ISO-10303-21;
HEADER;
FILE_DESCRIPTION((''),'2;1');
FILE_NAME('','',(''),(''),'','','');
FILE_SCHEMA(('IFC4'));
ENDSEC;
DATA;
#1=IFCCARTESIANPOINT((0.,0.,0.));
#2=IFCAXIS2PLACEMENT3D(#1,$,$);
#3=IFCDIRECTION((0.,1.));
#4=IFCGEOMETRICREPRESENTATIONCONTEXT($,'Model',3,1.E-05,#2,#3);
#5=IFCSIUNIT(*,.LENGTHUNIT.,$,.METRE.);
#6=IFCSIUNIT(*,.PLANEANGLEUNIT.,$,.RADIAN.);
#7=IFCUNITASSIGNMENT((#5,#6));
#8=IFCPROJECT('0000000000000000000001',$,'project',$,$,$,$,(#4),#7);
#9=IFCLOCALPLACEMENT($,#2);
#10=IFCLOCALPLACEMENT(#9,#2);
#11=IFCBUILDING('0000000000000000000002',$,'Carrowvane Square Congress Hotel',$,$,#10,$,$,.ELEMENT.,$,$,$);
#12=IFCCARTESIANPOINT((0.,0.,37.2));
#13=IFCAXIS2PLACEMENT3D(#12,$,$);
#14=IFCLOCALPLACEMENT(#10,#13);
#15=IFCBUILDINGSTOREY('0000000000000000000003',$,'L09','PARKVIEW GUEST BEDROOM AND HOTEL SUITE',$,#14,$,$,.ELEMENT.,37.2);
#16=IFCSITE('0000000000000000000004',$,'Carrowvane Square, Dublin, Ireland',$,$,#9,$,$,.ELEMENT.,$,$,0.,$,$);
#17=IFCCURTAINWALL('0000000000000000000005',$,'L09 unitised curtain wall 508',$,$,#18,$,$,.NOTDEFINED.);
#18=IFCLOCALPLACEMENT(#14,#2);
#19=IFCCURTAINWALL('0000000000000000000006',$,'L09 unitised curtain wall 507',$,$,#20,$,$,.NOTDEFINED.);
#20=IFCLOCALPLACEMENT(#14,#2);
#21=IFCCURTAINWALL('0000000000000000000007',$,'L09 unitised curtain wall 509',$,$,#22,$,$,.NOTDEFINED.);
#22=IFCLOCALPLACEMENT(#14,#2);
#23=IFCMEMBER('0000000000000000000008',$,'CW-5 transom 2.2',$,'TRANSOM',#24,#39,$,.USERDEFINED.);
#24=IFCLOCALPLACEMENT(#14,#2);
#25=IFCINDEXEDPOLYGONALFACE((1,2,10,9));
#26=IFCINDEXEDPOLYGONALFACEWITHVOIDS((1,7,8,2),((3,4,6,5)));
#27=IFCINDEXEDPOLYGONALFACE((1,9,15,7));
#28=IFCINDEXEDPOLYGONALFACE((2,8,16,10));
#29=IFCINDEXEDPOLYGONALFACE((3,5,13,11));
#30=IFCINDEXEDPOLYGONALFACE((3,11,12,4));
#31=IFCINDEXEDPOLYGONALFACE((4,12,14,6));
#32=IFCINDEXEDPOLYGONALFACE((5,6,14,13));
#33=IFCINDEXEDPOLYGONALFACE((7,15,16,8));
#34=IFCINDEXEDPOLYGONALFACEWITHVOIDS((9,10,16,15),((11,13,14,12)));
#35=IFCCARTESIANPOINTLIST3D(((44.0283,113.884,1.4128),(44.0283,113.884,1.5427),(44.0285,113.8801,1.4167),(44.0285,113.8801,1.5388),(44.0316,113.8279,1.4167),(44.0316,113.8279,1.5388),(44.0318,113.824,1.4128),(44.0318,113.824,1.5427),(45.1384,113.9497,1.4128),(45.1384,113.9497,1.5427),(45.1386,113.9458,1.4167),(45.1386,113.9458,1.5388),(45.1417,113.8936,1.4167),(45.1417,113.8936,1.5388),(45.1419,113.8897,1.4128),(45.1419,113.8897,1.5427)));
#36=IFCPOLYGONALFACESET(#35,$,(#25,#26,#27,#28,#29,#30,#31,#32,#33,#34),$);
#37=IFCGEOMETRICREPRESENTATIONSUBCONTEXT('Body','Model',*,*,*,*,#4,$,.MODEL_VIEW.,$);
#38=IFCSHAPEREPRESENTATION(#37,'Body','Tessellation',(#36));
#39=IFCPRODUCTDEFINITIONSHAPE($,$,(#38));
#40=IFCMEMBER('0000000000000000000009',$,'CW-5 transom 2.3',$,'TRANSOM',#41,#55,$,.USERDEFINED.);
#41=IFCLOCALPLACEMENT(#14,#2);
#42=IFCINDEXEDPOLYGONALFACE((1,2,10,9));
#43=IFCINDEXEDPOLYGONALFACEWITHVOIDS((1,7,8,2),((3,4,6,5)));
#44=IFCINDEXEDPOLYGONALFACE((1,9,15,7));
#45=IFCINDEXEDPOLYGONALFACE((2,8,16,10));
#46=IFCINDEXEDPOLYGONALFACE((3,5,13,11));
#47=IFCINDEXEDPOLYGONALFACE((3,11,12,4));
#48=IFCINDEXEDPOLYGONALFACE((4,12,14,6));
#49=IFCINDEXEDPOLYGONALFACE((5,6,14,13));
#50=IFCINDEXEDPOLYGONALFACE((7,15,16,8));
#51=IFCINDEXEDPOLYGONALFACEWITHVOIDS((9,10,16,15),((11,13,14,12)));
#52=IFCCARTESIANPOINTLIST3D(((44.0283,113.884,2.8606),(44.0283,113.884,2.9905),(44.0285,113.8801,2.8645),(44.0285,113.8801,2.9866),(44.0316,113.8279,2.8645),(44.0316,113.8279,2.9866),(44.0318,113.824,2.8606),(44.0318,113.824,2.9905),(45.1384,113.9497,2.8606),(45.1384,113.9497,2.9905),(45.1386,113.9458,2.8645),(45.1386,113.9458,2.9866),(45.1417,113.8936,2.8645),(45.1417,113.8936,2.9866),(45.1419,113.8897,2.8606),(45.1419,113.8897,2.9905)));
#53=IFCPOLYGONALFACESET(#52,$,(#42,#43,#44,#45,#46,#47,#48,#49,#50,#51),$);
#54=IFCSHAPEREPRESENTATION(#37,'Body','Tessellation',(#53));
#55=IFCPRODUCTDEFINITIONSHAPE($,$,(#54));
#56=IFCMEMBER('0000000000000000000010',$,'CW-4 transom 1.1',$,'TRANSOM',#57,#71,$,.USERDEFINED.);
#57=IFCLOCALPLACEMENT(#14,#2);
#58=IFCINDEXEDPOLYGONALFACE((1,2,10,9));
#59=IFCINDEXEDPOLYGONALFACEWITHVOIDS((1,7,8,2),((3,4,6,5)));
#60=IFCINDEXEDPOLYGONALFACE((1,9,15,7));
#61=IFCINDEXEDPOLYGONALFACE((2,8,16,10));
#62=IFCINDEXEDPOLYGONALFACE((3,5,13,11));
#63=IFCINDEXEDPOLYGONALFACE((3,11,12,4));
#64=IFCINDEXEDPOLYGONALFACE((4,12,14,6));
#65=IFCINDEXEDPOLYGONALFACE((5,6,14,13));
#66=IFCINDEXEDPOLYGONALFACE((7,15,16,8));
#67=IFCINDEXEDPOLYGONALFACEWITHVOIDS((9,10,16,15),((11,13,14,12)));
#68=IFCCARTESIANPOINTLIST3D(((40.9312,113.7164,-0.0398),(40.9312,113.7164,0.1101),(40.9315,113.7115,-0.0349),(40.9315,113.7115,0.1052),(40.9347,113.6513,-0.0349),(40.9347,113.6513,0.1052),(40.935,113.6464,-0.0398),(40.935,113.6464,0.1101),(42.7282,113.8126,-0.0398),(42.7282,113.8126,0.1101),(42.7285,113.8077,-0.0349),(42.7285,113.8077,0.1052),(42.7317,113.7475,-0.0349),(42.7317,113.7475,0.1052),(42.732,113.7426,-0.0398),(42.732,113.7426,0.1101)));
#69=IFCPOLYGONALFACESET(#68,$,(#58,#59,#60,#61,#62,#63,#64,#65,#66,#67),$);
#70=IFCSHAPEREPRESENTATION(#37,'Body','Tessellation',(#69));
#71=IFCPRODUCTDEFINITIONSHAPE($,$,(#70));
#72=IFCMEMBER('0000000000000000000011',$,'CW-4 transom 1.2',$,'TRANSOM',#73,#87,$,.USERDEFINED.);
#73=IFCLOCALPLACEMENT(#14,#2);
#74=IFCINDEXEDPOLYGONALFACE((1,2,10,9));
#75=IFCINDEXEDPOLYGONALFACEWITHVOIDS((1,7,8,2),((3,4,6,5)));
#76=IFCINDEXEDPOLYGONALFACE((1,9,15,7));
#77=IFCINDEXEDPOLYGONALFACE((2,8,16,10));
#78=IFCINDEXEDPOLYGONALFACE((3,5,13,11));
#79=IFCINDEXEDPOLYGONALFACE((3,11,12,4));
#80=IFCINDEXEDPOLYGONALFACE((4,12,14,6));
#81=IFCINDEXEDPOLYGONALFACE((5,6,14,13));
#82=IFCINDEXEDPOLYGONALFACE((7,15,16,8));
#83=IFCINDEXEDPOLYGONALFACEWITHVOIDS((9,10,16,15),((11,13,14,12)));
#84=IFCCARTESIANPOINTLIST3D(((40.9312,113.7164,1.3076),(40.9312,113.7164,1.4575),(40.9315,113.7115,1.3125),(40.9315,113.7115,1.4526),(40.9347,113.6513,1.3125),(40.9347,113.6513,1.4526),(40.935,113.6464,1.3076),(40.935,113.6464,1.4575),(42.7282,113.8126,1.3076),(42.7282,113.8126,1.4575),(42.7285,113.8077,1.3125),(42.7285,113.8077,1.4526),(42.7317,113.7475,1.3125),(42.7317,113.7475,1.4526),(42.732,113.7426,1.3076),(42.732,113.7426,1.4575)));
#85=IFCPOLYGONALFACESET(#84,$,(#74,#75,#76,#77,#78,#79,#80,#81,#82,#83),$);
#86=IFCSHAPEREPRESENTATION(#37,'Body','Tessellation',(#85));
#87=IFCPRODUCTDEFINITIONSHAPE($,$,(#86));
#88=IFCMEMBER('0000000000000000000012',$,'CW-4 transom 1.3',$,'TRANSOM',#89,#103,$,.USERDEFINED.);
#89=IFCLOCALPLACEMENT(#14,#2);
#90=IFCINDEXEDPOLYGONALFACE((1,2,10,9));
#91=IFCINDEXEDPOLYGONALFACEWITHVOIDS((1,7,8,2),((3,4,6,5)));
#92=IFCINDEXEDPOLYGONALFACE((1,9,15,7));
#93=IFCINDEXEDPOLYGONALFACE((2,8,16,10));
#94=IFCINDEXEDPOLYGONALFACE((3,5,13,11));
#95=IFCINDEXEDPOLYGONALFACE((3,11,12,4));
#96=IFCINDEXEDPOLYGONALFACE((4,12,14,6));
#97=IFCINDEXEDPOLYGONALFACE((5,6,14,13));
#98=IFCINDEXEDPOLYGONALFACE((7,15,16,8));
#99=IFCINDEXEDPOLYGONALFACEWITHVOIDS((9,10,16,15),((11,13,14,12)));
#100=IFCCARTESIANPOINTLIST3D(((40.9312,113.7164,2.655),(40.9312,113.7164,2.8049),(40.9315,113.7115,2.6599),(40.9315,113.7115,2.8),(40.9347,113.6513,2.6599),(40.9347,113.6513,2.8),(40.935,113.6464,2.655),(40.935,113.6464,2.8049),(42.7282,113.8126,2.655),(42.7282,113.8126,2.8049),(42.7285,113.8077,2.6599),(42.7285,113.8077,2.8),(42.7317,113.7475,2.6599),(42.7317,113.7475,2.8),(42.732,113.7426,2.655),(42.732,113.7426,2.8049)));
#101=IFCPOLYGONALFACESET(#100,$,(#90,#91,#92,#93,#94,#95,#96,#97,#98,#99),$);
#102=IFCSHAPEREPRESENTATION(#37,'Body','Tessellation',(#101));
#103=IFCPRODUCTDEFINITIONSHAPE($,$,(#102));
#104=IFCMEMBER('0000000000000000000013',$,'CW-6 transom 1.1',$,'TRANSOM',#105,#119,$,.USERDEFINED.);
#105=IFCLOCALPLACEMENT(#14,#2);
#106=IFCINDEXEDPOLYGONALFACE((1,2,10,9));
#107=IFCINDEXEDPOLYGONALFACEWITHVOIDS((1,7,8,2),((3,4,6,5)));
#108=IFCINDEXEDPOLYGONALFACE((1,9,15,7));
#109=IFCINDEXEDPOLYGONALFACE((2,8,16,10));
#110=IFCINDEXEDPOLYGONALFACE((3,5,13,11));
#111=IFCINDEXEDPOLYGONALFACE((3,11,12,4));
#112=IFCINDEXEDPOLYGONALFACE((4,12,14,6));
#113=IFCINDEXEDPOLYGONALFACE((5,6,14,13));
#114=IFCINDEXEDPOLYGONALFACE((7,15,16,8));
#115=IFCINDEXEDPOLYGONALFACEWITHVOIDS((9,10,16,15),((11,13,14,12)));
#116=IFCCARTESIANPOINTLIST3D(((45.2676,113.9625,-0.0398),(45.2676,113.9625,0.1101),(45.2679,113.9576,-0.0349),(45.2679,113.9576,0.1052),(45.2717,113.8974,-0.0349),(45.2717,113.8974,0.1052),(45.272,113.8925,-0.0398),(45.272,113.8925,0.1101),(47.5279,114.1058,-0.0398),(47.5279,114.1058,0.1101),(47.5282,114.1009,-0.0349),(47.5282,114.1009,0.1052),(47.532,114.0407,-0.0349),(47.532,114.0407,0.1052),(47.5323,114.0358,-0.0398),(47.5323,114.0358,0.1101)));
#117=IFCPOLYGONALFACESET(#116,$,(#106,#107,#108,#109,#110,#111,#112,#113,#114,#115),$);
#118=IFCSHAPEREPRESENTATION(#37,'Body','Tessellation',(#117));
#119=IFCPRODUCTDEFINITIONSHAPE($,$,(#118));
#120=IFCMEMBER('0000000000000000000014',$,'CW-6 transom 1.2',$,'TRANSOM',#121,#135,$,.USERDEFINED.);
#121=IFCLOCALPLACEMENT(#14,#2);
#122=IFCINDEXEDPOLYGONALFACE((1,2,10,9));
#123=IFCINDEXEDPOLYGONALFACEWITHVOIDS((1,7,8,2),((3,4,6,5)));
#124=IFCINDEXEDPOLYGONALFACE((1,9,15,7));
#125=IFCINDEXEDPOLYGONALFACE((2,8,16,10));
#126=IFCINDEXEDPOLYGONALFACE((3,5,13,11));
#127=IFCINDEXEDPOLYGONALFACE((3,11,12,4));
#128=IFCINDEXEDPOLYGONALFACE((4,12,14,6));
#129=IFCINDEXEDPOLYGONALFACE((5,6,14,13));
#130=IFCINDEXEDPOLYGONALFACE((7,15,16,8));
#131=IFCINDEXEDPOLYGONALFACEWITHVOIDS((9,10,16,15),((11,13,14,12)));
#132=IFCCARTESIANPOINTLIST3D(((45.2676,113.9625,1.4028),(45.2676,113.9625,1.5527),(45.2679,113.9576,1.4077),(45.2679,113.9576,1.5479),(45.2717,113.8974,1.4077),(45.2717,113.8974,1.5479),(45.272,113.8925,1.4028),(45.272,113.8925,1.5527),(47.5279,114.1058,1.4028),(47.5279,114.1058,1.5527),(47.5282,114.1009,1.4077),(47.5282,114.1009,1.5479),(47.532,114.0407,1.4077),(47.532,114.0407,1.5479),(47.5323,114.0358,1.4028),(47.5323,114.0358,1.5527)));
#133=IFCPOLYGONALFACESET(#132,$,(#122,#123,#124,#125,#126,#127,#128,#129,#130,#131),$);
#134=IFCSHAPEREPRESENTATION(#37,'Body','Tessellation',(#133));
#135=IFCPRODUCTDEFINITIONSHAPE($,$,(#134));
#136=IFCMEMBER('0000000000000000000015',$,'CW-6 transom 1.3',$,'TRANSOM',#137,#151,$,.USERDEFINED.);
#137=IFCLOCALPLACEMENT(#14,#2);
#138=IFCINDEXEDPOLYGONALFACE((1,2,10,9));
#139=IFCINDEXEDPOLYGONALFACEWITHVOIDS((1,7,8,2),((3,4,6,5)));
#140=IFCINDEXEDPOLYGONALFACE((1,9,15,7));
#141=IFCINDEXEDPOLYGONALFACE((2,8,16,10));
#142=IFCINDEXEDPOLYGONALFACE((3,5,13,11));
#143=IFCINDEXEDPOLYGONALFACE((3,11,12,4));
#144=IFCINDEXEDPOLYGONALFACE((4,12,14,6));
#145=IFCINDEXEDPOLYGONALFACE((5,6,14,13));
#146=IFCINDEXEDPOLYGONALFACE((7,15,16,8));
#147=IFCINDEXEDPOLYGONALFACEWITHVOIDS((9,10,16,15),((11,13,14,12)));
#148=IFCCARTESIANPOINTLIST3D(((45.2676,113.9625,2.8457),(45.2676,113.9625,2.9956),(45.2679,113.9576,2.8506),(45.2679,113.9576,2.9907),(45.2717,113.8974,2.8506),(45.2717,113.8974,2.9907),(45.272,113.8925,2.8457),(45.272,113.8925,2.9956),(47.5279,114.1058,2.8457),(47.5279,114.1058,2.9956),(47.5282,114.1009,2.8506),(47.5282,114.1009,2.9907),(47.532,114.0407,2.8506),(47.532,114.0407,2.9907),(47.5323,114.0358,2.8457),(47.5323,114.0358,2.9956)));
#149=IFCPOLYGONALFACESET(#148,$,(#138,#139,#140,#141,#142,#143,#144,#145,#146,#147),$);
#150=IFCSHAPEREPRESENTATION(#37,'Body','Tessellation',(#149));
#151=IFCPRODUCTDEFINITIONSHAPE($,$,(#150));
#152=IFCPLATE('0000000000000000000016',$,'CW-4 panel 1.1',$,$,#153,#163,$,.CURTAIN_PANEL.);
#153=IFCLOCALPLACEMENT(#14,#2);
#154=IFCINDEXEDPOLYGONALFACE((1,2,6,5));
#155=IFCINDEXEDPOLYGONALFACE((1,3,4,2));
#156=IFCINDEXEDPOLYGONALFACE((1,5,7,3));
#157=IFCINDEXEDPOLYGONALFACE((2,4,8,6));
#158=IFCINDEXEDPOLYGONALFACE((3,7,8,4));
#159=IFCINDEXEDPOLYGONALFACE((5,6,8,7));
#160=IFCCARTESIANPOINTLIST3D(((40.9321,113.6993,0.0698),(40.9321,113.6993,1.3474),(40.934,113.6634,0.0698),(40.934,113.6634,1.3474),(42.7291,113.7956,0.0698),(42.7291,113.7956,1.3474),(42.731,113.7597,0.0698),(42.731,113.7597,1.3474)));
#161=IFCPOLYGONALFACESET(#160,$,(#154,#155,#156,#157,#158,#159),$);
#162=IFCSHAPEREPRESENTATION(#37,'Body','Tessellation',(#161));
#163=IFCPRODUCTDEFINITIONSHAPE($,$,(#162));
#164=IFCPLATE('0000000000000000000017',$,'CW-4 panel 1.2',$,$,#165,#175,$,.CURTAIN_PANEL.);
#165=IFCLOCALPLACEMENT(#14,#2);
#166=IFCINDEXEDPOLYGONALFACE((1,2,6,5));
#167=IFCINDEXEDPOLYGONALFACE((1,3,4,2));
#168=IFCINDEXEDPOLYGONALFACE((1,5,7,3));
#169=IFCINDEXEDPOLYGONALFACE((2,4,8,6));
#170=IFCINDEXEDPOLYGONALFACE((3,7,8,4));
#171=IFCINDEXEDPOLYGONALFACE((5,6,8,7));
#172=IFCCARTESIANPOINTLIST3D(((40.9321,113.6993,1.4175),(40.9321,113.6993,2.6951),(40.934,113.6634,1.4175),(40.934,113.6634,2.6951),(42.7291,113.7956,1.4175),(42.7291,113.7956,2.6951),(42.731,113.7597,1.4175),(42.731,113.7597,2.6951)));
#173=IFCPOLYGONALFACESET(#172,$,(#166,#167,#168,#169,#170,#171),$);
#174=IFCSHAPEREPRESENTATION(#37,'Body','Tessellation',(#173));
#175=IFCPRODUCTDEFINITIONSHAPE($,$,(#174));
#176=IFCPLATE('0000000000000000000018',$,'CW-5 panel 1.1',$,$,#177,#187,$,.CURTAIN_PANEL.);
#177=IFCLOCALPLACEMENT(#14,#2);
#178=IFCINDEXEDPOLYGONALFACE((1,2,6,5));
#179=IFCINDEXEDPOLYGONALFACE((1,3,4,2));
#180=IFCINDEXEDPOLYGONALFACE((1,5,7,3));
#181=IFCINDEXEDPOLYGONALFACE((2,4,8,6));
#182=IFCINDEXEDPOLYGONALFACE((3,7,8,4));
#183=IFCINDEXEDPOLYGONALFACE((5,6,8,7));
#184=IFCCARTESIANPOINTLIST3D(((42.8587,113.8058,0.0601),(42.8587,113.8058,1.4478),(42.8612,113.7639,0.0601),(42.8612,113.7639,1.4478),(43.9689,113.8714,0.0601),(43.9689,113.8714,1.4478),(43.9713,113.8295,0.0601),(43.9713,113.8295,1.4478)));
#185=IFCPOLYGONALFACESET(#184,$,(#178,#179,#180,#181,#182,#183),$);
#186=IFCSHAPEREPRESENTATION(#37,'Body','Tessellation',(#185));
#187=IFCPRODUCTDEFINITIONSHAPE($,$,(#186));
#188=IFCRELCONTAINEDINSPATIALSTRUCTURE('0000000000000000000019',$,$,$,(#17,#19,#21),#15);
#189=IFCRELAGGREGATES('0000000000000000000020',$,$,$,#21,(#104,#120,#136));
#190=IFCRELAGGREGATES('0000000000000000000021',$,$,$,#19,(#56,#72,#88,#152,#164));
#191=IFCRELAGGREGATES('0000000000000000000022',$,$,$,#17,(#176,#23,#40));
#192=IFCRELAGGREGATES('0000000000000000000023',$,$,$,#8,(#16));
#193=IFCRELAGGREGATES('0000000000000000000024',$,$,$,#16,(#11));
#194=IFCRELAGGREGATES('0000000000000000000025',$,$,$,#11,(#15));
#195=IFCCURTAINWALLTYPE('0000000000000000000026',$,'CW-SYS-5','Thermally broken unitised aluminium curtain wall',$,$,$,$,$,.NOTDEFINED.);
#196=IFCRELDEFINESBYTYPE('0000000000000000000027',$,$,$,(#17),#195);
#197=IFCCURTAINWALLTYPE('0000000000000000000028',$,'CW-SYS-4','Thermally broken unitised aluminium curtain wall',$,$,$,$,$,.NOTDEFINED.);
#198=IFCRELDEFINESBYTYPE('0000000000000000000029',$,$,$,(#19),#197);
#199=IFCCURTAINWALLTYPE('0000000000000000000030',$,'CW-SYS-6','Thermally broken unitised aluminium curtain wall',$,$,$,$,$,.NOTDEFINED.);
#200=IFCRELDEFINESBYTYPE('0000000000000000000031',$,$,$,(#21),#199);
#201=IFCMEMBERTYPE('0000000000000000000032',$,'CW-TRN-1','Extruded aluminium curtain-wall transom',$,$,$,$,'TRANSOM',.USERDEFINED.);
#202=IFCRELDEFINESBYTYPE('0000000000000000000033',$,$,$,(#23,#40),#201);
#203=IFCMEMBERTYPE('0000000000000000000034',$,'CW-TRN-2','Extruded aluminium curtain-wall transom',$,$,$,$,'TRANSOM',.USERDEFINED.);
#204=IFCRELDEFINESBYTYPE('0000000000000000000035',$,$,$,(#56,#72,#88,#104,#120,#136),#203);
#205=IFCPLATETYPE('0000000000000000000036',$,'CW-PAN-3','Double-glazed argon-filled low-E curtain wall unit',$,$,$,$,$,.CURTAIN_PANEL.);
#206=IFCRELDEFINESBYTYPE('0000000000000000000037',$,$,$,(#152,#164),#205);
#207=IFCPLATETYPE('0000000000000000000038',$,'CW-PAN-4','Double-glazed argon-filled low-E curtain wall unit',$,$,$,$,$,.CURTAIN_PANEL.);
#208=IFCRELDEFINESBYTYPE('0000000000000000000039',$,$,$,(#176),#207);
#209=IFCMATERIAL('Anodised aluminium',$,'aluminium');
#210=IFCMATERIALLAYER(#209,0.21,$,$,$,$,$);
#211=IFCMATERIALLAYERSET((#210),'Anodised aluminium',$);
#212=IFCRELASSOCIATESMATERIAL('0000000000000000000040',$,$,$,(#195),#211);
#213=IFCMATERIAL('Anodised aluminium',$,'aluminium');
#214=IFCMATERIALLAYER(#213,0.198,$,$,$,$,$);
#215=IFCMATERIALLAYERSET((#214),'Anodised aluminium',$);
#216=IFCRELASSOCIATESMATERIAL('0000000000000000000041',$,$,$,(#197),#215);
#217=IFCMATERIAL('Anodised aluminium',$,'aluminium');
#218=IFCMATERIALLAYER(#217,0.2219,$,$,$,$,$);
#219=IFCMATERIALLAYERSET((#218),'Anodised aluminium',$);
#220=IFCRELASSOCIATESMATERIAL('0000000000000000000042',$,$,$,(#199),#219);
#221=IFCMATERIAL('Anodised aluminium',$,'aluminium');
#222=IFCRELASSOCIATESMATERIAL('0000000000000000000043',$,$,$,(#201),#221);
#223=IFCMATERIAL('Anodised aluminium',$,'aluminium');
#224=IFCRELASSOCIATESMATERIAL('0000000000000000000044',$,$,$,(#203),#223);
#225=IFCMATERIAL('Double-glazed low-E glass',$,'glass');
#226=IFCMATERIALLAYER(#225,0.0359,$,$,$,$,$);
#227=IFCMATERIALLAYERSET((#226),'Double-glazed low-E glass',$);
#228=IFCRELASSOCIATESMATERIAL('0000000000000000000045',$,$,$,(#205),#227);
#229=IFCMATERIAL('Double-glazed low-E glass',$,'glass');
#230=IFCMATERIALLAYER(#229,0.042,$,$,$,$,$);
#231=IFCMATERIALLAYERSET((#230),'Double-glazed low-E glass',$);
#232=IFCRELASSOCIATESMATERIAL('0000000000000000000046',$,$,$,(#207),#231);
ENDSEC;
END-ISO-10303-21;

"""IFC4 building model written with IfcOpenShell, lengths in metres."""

from ifc_helpers import new_model, si_unit, direction, frame, origin, origin_2d, place, context, subcontext, project, spatial, rectangle, hollow_rectangle, extrude, material, layer, layer_set, material_profile, profile_set, type_object, element, aggregate, save


model = new_model("IFC4")

# Units and contexts
model_context = context("Model", 3, precision=1e-05, world=origin(), true_north=direction((0.0, 1.0)))
body_context = subcontext(model_context, "Body", "Model", "MODEL_VIEW")
ifc_project = project(units=[si_unit("LENGTHUNIT", "METRE"), si_unit("PLANEANGLEUNIT", "RADIAN")], contexts=[model_context])

# Site, building, storey
site_placement = place(None, origin())
site = spatial("IfcSite", under=ifc_project, at=site_placement, Name="Carrowvane Square, Dublin, Ireland", CompositionType="ELEMENT", RefElevation=0.0)
building_placement = place(site_placement, origin())
building = spatial("IfcBuilding", under=site, at=building_placement, Name="Carrowvane Square Congress Hotel", CompositionType="ELEMENT")
storey_placement = place(building_placement, frame((0.0, 0.0, 37.2)))
storey = spatial("IfcBuildingStorey", under=building, at=storey_placement, Name="L09", Description="PARKVIEW GUEST BEDROOM AND HOTEL SUITE", CompositionType="ELEMENT", Elevation=37.2)

# Curtain walls
ifc_material_1 = material(Name="Anodised aluminium", Category="aluminium")
ifc_layer_1 = layer(ifc_material_1, 0.21)
ifc_layer_set_1 = layer_set([ifc_layer_1], Name="Anodised aluminium")
curtain_wall_type_1 = type_object("IfcCurtainWallType", Name="CW-SYS-5", Description="Thermally broken unitised aluminium curtain wall", PredefinedType="NOTDEFINED", material=ifc_layer_set_1)
curtain_wall_1_placement = place(storey_placement, origin())
curtain_wall_1 = element("IfcCurtainWall", 1, at=curtain_wall_1_placement, inside=storey, type_object=curtain_wall_type_1, Name="L09 unitised curtain wall 508", PredefinedType="NOTDEFINED")
ifc_material_2 = material(Name="Anodised aluminium", Category="aluminium")
ifc_layer_2 = layer(ifc_material_2, 0.198)
ifc_layer_set_2 = layer_set([ifc_layer_2], Name="Anodised aluminium")
curtain_wall_type_2 = type_object("IfcCurtainWallType", Name="CW-SYS-4", Description="Thermally broken unitised aluminium curtain wall", PredefinedType="NOTDEFINED", material=ifc_layer_set_2)
curtain_wall_2_placement = place(storey_placement, origin())
curtain_wall_2 = element("IfcCurtainWall", 2, at=curtain_wall_2_placement, inside=storey, type_object=curtain_wall_type_2, Name="L09 unitised curtain wall 507", PredefinedType="NOTDEFINED")

# Curtain wall
ifc_material_3 = material(Name="Anodised aluminium", Category="aluminium")
ifc_layer_3 = layer(ifc_material_3, 0.2219)
ifc_layer_set_3 = layer_set([ifc_layer_3], Name="Anodised aluminium")
curtain_wall_type_3 = type_object("IfcCurtainWallType", Name="CW-SYS-6", Description="Thermally broken unitised aluminium curtain wall", PredefinedType="NOTDEFINED", material=ifc_layer_set_3)
curtain_wall_3_placement = place(storey_placement, origin())
curtain_wall_3 = element("IfcCurtainWall", 3, at=curtain_wall_3_placement, inside=storey, type_object=curtain_wall_type_3, Name="L09 unitised curtain wall 509", PredefinedType="NOTDEFINED")

# Members
ifc_material_4 = material(Name="Anodised aluminium", Category="aluminium")
ifc_material_profile_1 = material_profile(ifc_material_4, hollow_rectangle(XDim=0.0601, YDim=0.1299, WallThickness=0.0039, at=origin_2d()), Name="CW-TR 60x130x4")
ifc_profile_set_1 = profile_set([ifc_material_profile_1], Name="Anodised aluminium")
member_type_1 = type_object("IfcMemberType", Name="CW-TRN-1", Description="Extruded aluminium curtain-wall transom", ElementType="TRANSOM", PredefinedType="USERDEFINED", material=ifc_profile_set_1)
member_1_placement = place(storey_placement, frame((44.03, 113.854, 1.4778), z_axis=(0.998255, 0.059057, 0.0), x_axis=(-0.059057, 0.998255, 0.0)))
member_1 = element("IfcMember", 4, at=member_1_placement, type_object=member_type_1, Name="CW-5 transom 2.2", ObjectType="TRANSOM", PredefinedType="USERDEFINED", context=body_context, shape_type="SweptSolid", body=[
    extrude(hollow_rectangle(XDim=0.0601, YDim=0.1299, WallThickness=0.0039, at=origin_2d()), origin(), (0.0, 0.0, 1.0), 1.1121),
])
member_2_placement = place(storey_placement, frame((44.03, 113.854, 2.9255), z_axis=(0.998255, 0.059057, 0.0), x_axis=(-0.059057, 0.998255, 0.0)))
member_2 = element("IfcMember", 5, at=member_2_placement, type_object=member_type_1, Name="CW-5 transom 2.3", ObjectType="TRANSOM", PredefinedType="USERDEFINED", context=body_context, shape_type="SweptSolid", body=[
    extrude(hollow_rectangle(XDim=0.0601, YDim=0.1299, WallThickness=0.0039, at=origin_2d()), origin(), (0.0, 0.0, 1.0), 1.1121),
])
ifc_material_5 = material(Name="Anodised aluminium", Category="aluminium")
ifc_material_profile_2 = material_profile(ifc_material_5, hollow_rectangle(XDim=0.0701, YDim=0.1499, WallThickness=0.0049, at=origin_2d()), Name="CW-TR 70x150x5")
ifc_profile_set_2 = profile_set([ifc_material_profile_2], Name="Anodised aluminium")
member_type_2 = type_object("IfcMemberType", Name="CW-TRN-2", Description="Extruded aluminium curtain-wall transom", ElementType="TRANSOM", PredefinedType="USERDEFINED", material=ifc_profile_set_2)
member_3_placement = place(storey_placement, frame((40.9331, 113.6814, 0.0352), z_axis=(0.99857, 0.053456, 0.0), x_axis=(-0.053456, 0.99857, 0.0)))
member_3 = element("IfcMember", 6, at=member_3_placement, type_object=member_type_2, Name="CW-4 transom 1.1", ObjectType="TRANSOM", PredefinedType="USERDEFINED", context=body_context, shape_type="SweptSolid", body=[
    extrude(hollow_rectangle(XDim=0.0701, YDim=0.1499, WallThickness=0.0049, at=origin_2d()), origin(), (0.0, 0.0, 1.0), 1.7996),
])
member_4_placement = place(storey_placement, frame((40.9331, 113.6814, 1.3826), z_axis=(0.99857, 0.053456, 0.0), x_axis=(-0.053456, 0.99857, 0.0)))
member_4 = element("IfcMember", 7, at=member_4_placement, type_object=member_type_2, Name="CW-4 transom 1.2", ObjectType="TRANSOM", PredefinedType="USERDEFINED", context=body_context, shape_type="SweptSolid", body=[
    extrude(hollow_rectangle(XDim=0.0701, YDim=0.1499, WallThickness=0.0049, at=origin_2d()), origin(), (0.0, 0.0, 1.0), 1.7996),
])
member_5_placement = place(storey_placement, frame((40.9331, 113.6814, 2.73), z_axis=(0.99857, 0.053456, 0.0), x_axis=(-0.053456, 0.99857, 0.0)))
member_5 = element("IfcMember", 8, at=member_5_placement, type_object=member_type_2, Name="CW-4 transom 1.3", ObjectType="TRANSOM", PredefinedType="USERDEFINED", context=body_context, shape_type="SweptSolid", body=[
    extrude(hollow_rectangle(XDim=0.0701, YDim=0.1499, WallThickness=0.0049, at=origin_2d()), origin(), (0.0, 0.0, 1.0), 1.7996),
])
member_6_placement = place(storey_placement, frame((45.2698, 113.9275, 0.0352), z_axis=(0.997996, 0.063278, 0.0), x_axis=(-0.063278, 0.997996, 0.0)))
member_6 = element("IfcMember", 9, at=member_6_placement, type_object=member_type_2, Name="CW-6 transom 1.1", ObjectType="TRANSOM", PredefinedType="USERDEFINED", context=body_context, shape_type="SweptSolid", body=[
    extrude(hollow_rectangle(XDim=0.0701, YDim=0.1499, WallThickness=0.0049, at=origin_2d()), origin(), (0.0, 0.0, 1.0), 2.2649),
])
member_7_placement = place(storey_placement, frame((45.2698, 113.9275, 1.4778), z_axis=(0.997996, 0.063278, 0.0), x_axis=(-0.063278, 0.997996, 0.0)))
member_7 = element("IfcMember", 10, at=member_7_placement, type_object=member_type_2, Name="CW-6 transom 1.2", ObjectType="TRANSOM", PredefinedType="USERDEFINED", context=body_context, shape_type="SweptSolid", body=[
    extrude(hollow_rectangle(XDim=0.0701, YDim=0.1499, WallThickness=0.0049, at=origin_2d()), origin(), (0.0, 0.0, 1.0), 2.2649),
])
member_8_placement = place(storey_placement, frame((45.2698, 113.9275, 2.9207), z_axis=(0.997996, 0.063278, 0.0), x_axis=(-0.063278, 0.997996, 0.0)))
member_8 = element("IfcMember", 11, at=member_8_placement, type_object=member_type_2, Name="CW-6 transom 1.3", ObjectType="TRANSOM", PredefinedType="USERDEFINED", context=body_context, shape_type="SweptSolid", body=[
    extrude(hollow_rectangle(XDim=0.0701, YDim=0.1499, WallThickness=0.0049, at=origin_2d()), origin(), (0.0, 0.0, 1.0), 2.2649),
])
aggregate(curtain_wall_3, [member_6, member_7, member_8])

# Plates
ifc_material_6 = material(Name="Double-glazed low-E glass", Category="glass")
ifc_layer_4 = layer(ifc_material_6, 0.0359)
ifc_layer_set_4 = layer_set([ifc_layer_4], Name="Double-glazed low-E glass")
plate_type_1 = type_object("IfcPlateType", Name="CW-PAN-3", Description="Double-glazed argon-filled low-E curtain wall unit", PredefinedType="CURTAIN_PANEL", material=ifc_layer_set_4)
plate_1_placement = place(storey_placement, frame((41.8315, 113.7295, 0.0698), z_axis=(0.0, 0.0, 1.0), x_axis=(0.998567, 0.053514, 0.0)))
plate_1 = element("IfcPlate", 12, at=plate_1_placement, type_object=plate_type_1, Name="CW-4 panel 1.1", PredefinedType="CURTAIN_PANEL", context=body_context, shape_type="SweptSolid", body=[
    extrude(rectangle(XDim=1.7996, YDim=0.0359, at=origin_2d()), origin(), (0.0, 0.0, 1.0), 1.2776),
])
plate_2_placement = place(storey_placement, frame((41.8315, 113.7295, 1.4175), z_axis=(0.0, 0.0, 1.0), x_axis=(0.998567, 0.053514, 0.0)))
plate_2 = element("IfcPlate", 13, at=plate_2_placement, type_object=plate_type_1, Name="CW-4 panel 1.2", PredefinedType="CURTAIN_PANEL", context=body_context, shape_type="SweptSolid", body=[
    extrude(rectangle(XDim=1.7996, YDim=0.0359, at=origin_2d()), origin(), (0.0, 0.0, 1.0), 1.2776),
])
aggregate(curtain_wall_2, [member_3, member_4, member_5, plate_1, plate_2])
ifc_material_7 = material(Name="Double-glazed low-E glass", Category="glass")
ifc_layer_5 = layer(ifc_material_7, 0.042)
ifc_layer_set_5 = layer_set([ifc_layer_5], Name="Double-glazed low-E glass")
plate_type_2 = type_object("IfcPlateType", Name="CW-PAN-4", Description="Double-glazed argon-filled low-E curtain wall unit", PredefinedType="CURTAIN_PANEL", material=ifc_layer_set_5)
plate_3_placement = place(storey_placement, frame((43.415, 113.8176, 0.0601), z_axis=(0.0, 0.0, 1.0), x_axis=(0.998259, 0.058989, 0.0)))
plate_3 = element("IfcPlate", 14, at=plate_3_placement, type_object=plate_type_2, Name="CW-5 panel 1.1", PredefinedType="CURTAIN_PANEL", context=body_context, shape_type="SweptSolid", body=[
    extrude(rectangle(XDim=1.1121, YDim=0.042, at=origin_2d()), origin(), (0.0, 0.0, 1.0), 1.3877),
])
aggregate(curtain_wall_1, [plate_3, member_1, member_2])

save(model, "model.ifc")
